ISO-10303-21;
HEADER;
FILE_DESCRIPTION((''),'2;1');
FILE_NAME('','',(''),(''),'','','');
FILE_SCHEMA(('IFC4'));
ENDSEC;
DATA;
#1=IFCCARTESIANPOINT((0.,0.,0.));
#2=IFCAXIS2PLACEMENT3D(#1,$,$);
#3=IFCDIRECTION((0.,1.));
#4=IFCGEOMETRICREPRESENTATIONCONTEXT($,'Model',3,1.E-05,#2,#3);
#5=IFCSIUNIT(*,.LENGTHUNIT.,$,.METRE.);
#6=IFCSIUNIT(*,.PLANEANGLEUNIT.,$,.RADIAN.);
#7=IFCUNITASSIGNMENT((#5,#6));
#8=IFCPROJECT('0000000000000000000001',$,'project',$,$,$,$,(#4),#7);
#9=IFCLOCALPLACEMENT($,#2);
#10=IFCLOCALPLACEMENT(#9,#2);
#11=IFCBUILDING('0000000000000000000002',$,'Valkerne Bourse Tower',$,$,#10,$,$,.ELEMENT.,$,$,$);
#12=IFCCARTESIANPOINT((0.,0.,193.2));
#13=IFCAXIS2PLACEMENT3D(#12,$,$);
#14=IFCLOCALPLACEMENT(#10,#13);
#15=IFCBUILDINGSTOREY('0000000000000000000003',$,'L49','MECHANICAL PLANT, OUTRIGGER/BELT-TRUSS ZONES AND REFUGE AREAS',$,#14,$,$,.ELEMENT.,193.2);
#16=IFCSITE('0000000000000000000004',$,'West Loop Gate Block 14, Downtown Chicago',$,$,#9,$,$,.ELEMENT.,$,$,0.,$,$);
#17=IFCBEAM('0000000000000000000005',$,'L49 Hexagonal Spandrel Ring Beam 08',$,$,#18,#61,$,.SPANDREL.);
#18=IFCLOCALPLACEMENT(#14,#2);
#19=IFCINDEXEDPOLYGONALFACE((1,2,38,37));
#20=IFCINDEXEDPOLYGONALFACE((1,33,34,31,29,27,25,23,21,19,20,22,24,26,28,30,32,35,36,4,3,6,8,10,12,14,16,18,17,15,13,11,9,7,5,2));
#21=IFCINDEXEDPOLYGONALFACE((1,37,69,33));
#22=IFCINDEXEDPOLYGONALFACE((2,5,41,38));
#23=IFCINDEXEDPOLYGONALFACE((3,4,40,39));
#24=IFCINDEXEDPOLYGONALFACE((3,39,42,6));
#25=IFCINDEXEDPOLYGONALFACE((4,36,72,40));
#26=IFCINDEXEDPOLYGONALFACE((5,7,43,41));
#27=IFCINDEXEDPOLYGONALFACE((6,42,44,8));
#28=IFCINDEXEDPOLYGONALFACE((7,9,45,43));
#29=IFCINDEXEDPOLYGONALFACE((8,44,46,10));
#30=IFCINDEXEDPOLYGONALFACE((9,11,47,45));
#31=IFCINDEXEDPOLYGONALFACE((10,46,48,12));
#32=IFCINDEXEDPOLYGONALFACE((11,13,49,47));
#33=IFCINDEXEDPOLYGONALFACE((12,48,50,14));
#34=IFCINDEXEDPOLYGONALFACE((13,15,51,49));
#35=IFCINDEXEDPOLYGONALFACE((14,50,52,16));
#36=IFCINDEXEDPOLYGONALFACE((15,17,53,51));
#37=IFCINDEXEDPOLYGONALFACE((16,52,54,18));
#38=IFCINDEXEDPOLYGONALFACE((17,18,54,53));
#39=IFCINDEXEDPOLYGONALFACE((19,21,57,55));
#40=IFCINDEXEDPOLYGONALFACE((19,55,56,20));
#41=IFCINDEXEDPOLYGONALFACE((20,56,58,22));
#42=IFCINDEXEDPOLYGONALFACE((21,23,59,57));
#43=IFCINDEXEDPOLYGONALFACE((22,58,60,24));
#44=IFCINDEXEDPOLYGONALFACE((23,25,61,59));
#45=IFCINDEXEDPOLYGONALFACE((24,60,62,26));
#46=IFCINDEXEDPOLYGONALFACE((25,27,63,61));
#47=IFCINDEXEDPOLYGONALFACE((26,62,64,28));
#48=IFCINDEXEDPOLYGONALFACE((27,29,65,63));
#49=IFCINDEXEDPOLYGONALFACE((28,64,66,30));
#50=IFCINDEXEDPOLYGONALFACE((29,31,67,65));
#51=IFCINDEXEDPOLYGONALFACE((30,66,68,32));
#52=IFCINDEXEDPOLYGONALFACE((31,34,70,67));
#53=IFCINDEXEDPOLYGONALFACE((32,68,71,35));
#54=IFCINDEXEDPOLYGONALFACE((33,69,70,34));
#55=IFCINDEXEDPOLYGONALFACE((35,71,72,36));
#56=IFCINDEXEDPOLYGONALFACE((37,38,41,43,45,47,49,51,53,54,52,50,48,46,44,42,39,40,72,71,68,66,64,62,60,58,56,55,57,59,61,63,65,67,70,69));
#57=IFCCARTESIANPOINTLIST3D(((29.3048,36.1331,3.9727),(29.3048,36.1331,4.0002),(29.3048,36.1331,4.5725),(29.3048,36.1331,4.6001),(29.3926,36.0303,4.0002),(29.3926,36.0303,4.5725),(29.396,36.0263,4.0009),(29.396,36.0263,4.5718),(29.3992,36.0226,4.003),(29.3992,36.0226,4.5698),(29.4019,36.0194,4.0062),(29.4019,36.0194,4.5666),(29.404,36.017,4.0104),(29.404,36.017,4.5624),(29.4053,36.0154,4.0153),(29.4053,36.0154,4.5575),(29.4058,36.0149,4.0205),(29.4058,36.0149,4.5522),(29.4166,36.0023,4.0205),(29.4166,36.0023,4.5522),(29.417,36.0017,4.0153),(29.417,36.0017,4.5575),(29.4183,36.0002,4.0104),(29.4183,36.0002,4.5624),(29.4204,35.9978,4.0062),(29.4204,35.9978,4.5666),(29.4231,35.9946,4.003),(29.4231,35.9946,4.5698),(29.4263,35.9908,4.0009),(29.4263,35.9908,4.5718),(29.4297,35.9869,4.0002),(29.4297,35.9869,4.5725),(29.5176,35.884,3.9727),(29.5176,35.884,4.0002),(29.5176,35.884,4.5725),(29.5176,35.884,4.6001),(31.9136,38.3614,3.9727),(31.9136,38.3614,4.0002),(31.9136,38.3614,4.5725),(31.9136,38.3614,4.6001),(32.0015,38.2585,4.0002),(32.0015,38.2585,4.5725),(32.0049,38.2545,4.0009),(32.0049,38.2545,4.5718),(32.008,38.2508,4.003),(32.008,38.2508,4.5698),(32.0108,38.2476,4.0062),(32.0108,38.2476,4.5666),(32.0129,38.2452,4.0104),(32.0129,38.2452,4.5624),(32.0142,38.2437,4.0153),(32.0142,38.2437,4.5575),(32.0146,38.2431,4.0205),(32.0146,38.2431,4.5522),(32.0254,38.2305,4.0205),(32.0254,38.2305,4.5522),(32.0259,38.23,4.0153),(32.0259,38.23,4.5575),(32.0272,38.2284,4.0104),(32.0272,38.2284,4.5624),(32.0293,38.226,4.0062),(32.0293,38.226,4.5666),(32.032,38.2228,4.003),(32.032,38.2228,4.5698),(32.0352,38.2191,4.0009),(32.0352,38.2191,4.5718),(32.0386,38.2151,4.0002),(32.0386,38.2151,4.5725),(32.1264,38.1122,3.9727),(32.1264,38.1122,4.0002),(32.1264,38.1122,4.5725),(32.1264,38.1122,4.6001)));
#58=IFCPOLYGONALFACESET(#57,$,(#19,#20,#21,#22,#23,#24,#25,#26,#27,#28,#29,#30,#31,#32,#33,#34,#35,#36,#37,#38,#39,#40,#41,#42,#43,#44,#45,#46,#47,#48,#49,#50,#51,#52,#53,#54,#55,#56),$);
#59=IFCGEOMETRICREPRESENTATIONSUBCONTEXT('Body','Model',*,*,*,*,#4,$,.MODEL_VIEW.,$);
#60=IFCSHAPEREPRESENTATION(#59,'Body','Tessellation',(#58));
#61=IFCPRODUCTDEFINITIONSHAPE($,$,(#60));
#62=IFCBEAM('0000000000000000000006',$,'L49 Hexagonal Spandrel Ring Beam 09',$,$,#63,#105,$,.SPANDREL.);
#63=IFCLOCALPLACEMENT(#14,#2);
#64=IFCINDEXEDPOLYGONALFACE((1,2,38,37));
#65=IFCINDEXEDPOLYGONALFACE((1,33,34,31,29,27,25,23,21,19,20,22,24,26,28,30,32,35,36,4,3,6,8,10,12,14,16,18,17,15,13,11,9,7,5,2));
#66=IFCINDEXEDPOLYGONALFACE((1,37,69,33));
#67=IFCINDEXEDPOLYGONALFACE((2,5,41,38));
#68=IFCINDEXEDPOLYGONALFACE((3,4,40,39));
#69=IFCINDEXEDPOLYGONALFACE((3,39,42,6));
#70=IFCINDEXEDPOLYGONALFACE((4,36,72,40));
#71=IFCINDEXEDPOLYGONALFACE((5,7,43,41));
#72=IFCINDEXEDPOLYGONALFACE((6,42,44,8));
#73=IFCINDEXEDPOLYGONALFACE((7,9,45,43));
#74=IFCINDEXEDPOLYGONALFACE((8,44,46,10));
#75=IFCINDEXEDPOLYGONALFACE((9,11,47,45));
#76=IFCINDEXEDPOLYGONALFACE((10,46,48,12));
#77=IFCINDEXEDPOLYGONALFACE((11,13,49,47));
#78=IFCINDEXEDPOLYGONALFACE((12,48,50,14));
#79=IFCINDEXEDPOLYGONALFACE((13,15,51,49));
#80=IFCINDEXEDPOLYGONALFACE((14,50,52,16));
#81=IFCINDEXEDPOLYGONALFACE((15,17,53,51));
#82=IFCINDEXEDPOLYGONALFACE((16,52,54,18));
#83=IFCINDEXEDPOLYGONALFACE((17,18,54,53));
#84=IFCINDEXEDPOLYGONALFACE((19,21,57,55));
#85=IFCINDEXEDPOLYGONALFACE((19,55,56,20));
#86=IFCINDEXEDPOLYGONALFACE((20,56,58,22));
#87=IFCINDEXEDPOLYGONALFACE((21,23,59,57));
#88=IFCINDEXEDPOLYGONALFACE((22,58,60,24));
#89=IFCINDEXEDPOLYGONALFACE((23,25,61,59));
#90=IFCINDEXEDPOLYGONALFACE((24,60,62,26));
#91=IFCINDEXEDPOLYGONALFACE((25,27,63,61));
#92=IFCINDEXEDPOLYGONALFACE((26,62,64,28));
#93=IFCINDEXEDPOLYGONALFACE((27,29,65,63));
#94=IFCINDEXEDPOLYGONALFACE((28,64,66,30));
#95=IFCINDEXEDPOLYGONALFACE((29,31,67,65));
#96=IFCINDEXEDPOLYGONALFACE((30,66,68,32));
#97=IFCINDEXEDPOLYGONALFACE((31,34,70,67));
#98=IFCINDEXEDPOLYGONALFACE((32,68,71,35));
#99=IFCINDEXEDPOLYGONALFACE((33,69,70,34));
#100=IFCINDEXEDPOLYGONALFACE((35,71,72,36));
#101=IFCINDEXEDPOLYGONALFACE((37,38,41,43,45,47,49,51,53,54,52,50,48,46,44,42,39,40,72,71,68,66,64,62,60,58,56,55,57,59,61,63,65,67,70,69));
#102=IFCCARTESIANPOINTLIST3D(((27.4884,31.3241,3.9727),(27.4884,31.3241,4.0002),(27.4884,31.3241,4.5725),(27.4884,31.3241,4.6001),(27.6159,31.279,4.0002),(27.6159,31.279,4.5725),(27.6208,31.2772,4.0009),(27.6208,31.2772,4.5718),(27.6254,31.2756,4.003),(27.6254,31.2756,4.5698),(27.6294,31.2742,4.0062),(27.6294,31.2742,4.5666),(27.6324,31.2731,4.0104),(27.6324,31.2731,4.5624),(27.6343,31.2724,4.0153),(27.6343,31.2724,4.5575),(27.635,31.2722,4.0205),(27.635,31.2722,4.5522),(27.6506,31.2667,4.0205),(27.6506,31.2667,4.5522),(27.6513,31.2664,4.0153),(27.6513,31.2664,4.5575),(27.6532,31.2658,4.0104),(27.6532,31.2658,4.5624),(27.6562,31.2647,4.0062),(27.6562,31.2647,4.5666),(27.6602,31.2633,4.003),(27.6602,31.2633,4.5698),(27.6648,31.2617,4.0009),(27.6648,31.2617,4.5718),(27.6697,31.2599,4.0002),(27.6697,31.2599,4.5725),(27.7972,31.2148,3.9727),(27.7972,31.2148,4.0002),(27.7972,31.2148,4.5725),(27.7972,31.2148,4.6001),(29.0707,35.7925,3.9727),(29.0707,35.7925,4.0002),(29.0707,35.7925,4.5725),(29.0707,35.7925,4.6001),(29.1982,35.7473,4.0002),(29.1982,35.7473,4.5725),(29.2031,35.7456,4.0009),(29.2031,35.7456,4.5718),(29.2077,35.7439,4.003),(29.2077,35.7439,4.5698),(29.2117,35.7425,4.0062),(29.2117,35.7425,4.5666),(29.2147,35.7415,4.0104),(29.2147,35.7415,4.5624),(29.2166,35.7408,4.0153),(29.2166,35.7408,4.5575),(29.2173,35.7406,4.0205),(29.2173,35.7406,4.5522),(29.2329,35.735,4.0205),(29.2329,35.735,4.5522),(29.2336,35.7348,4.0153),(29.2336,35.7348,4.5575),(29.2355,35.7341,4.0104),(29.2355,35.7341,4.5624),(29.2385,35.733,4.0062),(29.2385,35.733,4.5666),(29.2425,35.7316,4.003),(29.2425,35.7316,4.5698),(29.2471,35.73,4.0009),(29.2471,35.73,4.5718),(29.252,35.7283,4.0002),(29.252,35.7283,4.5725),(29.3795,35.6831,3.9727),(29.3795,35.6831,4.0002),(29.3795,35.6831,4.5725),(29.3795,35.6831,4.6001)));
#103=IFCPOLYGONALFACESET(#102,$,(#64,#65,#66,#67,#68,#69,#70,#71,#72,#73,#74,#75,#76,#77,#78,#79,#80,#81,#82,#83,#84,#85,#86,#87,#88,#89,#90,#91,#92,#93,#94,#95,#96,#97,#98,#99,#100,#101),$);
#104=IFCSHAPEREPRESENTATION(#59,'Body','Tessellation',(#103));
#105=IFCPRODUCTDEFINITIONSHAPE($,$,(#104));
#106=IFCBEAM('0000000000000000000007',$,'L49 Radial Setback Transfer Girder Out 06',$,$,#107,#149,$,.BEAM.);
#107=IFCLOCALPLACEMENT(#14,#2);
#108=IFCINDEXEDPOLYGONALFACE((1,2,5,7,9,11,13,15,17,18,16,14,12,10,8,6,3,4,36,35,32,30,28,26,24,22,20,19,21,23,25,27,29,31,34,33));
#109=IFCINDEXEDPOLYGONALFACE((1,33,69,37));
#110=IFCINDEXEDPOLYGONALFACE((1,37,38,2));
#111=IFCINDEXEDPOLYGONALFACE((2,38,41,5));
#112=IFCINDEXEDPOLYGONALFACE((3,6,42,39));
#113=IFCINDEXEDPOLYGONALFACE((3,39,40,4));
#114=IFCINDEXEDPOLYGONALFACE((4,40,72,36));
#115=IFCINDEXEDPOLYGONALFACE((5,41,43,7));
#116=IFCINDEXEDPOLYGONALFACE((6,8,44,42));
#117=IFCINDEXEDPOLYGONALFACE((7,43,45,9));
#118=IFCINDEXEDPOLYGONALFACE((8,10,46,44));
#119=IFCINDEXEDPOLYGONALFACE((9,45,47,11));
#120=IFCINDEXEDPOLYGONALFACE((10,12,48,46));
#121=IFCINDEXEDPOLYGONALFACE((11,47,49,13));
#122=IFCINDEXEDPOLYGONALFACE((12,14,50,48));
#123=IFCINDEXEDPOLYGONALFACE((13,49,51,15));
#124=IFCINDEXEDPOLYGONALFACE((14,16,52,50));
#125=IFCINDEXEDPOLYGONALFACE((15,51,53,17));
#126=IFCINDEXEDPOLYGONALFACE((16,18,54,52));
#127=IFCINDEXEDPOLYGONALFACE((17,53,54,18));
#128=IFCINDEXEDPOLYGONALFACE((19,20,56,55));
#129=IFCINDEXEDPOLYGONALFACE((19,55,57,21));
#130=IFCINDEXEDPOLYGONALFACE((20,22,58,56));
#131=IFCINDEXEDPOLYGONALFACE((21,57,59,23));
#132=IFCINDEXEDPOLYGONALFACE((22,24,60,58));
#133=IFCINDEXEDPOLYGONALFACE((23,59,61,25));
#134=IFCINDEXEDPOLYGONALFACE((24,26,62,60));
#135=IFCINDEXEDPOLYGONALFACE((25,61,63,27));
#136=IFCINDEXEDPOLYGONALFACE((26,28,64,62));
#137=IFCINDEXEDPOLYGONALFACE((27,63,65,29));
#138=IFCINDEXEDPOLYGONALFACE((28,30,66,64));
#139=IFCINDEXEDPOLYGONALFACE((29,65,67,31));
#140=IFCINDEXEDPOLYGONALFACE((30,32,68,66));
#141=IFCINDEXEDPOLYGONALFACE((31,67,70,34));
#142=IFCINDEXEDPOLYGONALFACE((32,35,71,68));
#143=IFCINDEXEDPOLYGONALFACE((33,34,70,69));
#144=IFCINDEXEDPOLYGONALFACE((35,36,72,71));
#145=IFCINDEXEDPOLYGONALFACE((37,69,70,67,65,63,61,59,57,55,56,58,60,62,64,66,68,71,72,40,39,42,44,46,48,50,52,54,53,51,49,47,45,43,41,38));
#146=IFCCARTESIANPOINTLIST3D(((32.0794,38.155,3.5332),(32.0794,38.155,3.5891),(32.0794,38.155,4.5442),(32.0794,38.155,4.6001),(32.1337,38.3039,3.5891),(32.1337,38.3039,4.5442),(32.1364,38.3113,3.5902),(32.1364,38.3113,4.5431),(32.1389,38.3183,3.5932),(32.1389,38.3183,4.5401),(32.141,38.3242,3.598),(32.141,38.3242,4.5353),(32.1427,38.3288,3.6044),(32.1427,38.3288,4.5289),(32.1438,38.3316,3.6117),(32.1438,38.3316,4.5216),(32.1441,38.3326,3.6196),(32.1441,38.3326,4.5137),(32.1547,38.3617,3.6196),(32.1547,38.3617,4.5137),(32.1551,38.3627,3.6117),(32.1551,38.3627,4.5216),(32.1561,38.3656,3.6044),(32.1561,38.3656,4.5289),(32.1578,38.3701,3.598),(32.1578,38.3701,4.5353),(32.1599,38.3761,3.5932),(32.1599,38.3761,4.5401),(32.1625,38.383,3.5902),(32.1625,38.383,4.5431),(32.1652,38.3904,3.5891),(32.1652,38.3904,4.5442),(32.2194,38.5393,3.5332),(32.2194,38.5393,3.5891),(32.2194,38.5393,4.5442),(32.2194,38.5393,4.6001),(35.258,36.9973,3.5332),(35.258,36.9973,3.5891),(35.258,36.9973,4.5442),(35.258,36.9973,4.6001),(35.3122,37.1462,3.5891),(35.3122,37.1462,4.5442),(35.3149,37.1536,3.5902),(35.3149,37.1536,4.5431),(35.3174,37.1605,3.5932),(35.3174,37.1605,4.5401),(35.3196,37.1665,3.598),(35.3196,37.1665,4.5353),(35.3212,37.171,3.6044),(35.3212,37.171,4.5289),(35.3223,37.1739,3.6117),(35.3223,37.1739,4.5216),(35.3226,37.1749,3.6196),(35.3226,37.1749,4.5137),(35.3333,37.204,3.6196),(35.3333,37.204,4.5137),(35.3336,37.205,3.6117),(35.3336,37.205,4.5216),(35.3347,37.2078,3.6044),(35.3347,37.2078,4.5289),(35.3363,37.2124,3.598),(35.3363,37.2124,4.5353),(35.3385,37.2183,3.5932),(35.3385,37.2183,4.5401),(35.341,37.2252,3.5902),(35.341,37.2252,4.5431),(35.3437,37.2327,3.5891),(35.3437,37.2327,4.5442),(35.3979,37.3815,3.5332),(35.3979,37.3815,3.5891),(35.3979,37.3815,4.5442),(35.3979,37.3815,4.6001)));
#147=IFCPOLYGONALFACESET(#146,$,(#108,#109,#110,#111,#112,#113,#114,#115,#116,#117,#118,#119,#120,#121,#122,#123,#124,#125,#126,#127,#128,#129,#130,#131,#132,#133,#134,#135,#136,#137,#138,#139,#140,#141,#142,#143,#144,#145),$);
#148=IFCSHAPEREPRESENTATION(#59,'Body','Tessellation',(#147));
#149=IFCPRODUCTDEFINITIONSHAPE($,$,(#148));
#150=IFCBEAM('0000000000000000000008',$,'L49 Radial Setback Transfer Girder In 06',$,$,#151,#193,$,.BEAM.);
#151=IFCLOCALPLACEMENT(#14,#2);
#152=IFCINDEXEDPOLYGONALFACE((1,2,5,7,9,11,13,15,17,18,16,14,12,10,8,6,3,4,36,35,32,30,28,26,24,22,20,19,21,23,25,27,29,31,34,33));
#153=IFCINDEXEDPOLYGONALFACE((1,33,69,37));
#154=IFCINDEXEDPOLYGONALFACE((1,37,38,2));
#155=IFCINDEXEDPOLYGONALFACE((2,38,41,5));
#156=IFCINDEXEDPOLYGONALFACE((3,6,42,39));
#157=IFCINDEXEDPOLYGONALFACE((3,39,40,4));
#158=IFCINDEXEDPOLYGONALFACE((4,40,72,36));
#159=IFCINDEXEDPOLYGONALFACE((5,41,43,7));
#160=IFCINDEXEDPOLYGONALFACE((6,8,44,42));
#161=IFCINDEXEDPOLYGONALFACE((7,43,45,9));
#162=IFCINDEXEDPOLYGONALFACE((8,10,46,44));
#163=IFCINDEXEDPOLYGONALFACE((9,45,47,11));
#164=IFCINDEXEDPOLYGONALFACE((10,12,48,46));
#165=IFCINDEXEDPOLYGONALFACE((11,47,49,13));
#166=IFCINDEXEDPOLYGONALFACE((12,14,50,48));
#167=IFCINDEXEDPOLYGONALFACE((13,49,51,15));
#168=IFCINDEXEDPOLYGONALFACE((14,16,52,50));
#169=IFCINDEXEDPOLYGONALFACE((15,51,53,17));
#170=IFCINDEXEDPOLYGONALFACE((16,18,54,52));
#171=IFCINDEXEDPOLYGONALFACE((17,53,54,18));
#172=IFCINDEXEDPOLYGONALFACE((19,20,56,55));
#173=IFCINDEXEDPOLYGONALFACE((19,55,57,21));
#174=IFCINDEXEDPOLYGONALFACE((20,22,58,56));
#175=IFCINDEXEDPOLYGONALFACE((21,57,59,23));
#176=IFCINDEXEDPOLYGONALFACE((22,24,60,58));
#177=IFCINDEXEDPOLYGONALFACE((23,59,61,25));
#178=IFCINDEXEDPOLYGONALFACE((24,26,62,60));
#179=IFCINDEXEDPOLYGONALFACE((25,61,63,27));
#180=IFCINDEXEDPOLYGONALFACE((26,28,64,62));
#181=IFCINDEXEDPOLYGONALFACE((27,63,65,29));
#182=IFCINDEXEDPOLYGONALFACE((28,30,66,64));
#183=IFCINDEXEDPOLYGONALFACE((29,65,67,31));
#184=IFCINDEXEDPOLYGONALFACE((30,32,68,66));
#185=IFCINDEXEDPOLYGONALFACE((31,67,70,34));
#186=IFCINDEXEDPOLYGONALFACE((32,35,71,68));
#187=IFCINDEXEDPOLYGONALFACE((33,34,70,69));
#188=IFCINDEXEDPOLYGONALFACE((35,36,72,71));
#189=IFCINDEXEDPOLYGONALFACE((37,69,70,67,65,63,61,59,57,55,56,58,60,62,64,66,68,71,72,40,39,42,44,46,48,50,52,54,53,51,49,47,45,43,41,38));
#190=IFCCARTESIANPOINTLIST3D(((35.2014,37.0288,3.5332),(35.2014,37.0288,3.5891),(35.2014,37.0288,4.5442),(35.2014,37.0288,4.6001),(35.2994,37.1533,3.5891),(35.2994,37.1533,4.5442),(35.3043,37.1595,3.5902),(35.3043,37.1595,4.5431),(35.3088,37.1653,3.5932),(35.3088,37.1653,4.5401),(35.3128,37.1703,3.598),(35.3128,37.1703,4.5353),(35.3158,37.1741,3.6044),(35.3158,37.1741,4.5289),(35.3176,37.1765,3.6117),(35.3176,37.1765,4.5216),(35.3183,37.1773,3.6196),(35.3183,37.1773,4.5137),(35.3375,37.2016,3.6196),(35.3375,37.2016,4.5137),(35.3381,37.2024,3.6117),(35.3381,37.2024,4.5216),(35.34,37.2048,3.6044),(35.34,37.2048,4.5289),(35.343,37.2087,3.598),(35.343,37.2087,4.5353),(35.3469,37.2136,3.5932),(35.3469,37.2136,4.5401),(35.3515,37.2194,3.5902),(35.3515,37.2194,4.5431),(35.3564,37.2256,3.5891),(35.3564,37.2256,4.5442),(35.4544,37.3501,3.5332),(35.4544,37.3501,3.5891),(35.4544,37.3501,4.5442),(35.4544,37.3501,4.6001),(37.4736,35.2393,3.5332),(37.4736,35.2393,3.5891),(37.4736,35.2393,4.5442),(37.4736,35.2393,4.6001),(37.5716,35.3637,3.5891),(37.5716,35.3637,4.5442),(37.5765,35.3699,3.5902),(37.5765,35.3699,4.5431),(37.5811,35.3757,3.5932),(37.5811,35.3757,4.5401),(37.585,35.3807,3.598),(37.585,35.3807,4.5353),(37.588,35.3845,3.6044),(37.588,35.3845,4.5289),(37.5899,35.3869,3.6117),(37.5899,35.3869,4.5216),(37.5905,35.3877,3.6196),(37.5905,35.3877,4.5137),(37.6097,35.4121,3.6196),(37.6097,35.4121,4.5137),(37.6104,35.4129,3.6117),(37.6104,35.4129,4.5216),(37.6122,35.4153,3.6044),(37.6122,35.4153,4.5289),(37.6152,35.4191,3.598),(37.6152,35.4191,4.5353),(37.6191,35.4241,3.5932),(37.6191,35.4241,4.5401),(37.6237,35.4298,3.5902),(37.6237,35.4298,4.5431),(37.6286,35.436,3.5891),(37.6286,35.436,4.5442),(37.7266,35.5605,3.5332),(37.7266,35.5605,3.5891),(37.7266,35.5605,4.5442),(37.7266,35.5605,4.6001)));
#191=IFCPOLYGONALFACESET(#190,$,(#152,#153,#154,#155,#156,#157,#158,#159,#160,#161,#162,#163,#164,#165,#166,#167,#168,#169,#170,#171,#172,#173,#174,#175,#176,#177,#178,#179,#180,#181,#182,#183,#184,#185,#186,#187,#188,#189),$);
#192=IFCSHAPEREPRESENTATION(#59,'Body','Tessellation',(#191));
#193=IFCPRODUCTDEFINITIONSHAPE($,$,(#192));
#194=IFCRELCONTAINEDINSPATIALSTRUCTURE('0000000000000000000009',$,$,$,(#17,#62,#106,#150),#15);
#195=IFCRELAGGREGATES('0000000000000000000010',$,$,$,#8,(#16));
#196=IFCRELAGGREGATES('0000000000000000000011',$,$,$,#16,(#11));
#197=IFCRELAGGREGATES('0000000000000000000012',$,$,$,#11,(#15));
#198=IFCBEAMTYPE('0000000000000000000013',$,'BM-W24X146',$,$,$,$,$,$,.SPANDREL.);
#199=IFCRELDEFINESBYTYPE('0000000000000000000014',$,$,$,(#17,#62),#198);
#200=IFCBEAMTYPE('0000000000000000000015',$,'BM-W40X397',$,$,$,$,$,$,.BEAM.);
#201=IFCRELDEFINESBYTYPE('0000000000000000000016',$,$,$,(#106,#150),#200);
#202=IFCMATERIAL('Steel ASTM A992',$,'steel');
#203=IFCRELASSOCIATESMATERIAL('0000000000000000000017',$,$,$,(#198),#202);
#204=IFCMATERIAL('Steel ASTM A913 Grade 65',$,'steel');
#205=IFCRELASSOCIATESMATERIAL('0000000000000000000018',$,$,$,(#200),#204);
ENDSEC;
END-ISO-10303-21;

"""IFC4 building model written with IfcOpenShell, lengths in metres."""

from ifc_helpers import new_model, si_unit, direction, frame, origin, origin_2d, place, context, subcontext, project, spatial, i_section, extrude, material, material_profile, profile_set, type_object, element, save


model = new_model("IFC4")

# Units and contexts
model_context = context("Model", 3, precision=1e-05, world=origin(), true_north=direction((0.0, 1.0)))
body_context = subcontext(model_context, "Body", "Model", "MODEL_VIEW")
ifc_project = project(units=[si_unit("LENGTHUNIT", "METRE"), si_unit("PLANEANGLEUNIT", "RADIAN")], contexts=[model_context])

# Site, building, storey
site_placement = place(None, origin())
site = spatial("IfcSite", under=ifc_project, at=site_placement, Name="West Loop Gate Block 14, Downtown Chicago", CompositionType="ELEMENT", RefElevation=0.0)
building_placement = place(site_placement, origin())
building = spatial("IfcBuilding", under=site, at=building_placement, Name="Valkerne Bourse Tower", CompositionType="ELEMENT")
storey_placement = place(building_placement, frame((0.0, 0.0, 193.2)))
storey = spatial("IfcBuildingStorey", under=building, at=storey_placement, Name="L49", Description="MECHANICAL PLANT, OUTRIGGER/BELT-TRUSS ZONES AND REFUGE AREAS", CompositionType="ELEMENT", Elevation=193.2)

# Shared definitions
ifc_material_1 = material(Name="Steel ASTM A913 Grade 65", Category="steel")

# Beams
ifc_material_2 = material(Name="Steel ASTM A992", Category="steel")
ifc_material_profile_1 = material_profile(ifc_material_2, i_section(OverallWidth=0.3276, OverallDepth=0.6274, WebThickness=0.0166, FlangeThickness=0.0276, FilletRadius=0.0203, at=origin_2d()), Name="W24X146")
ifc_profile_set_1 = profile_set([ifc_material_profile_1], Name="Steel ASTM A992")
beam_type_1 = type_object("IfcBeamType", Name="BM-W24X146", PredefinedType="SPANDREL", material=ifc_profile_set_1)
for number, where, z_axis, x_axis, name in (
    (1, (32.02, 38.2368, 4.2864), (-0.760396, -0.64946, 0.0), (0.64946, -0.760396, 0.0), "L49 Hexagonal Spandrel Ring Beam 08"),
):
    element("IfcBeam", number, at=place(storey_placement, frame(where, z_axis=z_axis, x_axis=x_axis)), inside=storey, type_object=beam_type_1, Name=name, PredefinedType="SPANDREL", context=body_context, shape_type="SweptSolid", body=[
        extrude(i_section(OverallWidth=0.3276, OverallDepth=0.6274, WebThickness=0.0166, FlangeThickness=0.0276, FilletRadius=0.0203, at=origin_2d()), origin(), (0.0, 0.0, 1.0), 3.4309),
    ])
beam_1_placement = place(storey_placement, frame((29.2251, 35.7378, 4.2864), z_axis=(-0.333803, -0.942643, 0.0), x_axis=(0.942643, -0.333803, 0.0)))
element("IfcBeam", 2, at=beam_1_placement, inside=storey, type_object=beam_type_1, Name="L49 Hexagonal Spandrel Ring Beam 09", PredefinedType="SPANDREL", context=body_context, shape_type="SweptSolid", body=[
    extrude(i_section(OverallWidth=0.3276, OverallDepth=0.6274, WebThickness=0.0166, FlangeThickness=0.0276, FilletRadius=0.0203, at=origin_2d()), origin(), (0.0, 0.0, 1.0), 4.7402),
])
ifc_material_profile_2 = material_profile(ifc_material_1, i_section(OverallWidth=0.4089, OverallDepth=1.0669, WebThickness=0.031, FlangeThickness=0.0559, FilletRadius=0.0305, at=origin_2d()), Name="W40X397")
ifc_profile_set_2 = profile_set([ifc_material_profile_2], Name="Steel ASTM A913 Grade 65")
beam_type_2 = type_object("IfcBeamType", Name="BM-W40X397", PredefinedType="BEAM", material=ifc_profile_set_2)
beam_2_placement = place(storey_placement, frame((32.1494, 38.3472, 4.0667), z_axis=(0.939612, -0.342241, 0.0), x_axis=(0.342241, 0.939612, 0.0)))
element("IfcBeam", 3, at=beam_2_placement, inside=storey, type_object=beam_type_2, Name="L49 Radial Setback Transfer Girder Out 06", PredefinedType="BEAM", context=body_context, shape_type="SweptSolid", body=[
    extrude(i_section(OverallWidth=0.4089, OverallDepth=1.0669, WebThickness=0.031, FlangeThickness=0.0559, FilletRadius=0.0305, at=origin_2d()), origin(), (0.0, 0.0, 1.0), 3.3828),
])
beam_3_placement = place(storey_placement, frame((35.3279, 37.1895, 4.0667), z_axis=(0.785606, -0.618727, 0.0), x_axis=(0.618727, 0.785606, 0.0)))
element("IfcBeam", 4, at=beam_3_placement, inside=storey, type_object=beam_type_2, Name="L49 Radial Setback Transfer Girder In 06", PredefinedType="BEAM", context=body_context, shape_type="SweptSolid", body=[
    extrude(i_section(OverallWidth=0.4089, OverallDepth=1.0669, WebThickness=0.031, FlangeThickness=0.0559, FilletRadius=0.0305, at=origin_2d()), origin(), (0.0, 0.0, 1.0), 2.8923),
])

save(model, "model.ifc")
